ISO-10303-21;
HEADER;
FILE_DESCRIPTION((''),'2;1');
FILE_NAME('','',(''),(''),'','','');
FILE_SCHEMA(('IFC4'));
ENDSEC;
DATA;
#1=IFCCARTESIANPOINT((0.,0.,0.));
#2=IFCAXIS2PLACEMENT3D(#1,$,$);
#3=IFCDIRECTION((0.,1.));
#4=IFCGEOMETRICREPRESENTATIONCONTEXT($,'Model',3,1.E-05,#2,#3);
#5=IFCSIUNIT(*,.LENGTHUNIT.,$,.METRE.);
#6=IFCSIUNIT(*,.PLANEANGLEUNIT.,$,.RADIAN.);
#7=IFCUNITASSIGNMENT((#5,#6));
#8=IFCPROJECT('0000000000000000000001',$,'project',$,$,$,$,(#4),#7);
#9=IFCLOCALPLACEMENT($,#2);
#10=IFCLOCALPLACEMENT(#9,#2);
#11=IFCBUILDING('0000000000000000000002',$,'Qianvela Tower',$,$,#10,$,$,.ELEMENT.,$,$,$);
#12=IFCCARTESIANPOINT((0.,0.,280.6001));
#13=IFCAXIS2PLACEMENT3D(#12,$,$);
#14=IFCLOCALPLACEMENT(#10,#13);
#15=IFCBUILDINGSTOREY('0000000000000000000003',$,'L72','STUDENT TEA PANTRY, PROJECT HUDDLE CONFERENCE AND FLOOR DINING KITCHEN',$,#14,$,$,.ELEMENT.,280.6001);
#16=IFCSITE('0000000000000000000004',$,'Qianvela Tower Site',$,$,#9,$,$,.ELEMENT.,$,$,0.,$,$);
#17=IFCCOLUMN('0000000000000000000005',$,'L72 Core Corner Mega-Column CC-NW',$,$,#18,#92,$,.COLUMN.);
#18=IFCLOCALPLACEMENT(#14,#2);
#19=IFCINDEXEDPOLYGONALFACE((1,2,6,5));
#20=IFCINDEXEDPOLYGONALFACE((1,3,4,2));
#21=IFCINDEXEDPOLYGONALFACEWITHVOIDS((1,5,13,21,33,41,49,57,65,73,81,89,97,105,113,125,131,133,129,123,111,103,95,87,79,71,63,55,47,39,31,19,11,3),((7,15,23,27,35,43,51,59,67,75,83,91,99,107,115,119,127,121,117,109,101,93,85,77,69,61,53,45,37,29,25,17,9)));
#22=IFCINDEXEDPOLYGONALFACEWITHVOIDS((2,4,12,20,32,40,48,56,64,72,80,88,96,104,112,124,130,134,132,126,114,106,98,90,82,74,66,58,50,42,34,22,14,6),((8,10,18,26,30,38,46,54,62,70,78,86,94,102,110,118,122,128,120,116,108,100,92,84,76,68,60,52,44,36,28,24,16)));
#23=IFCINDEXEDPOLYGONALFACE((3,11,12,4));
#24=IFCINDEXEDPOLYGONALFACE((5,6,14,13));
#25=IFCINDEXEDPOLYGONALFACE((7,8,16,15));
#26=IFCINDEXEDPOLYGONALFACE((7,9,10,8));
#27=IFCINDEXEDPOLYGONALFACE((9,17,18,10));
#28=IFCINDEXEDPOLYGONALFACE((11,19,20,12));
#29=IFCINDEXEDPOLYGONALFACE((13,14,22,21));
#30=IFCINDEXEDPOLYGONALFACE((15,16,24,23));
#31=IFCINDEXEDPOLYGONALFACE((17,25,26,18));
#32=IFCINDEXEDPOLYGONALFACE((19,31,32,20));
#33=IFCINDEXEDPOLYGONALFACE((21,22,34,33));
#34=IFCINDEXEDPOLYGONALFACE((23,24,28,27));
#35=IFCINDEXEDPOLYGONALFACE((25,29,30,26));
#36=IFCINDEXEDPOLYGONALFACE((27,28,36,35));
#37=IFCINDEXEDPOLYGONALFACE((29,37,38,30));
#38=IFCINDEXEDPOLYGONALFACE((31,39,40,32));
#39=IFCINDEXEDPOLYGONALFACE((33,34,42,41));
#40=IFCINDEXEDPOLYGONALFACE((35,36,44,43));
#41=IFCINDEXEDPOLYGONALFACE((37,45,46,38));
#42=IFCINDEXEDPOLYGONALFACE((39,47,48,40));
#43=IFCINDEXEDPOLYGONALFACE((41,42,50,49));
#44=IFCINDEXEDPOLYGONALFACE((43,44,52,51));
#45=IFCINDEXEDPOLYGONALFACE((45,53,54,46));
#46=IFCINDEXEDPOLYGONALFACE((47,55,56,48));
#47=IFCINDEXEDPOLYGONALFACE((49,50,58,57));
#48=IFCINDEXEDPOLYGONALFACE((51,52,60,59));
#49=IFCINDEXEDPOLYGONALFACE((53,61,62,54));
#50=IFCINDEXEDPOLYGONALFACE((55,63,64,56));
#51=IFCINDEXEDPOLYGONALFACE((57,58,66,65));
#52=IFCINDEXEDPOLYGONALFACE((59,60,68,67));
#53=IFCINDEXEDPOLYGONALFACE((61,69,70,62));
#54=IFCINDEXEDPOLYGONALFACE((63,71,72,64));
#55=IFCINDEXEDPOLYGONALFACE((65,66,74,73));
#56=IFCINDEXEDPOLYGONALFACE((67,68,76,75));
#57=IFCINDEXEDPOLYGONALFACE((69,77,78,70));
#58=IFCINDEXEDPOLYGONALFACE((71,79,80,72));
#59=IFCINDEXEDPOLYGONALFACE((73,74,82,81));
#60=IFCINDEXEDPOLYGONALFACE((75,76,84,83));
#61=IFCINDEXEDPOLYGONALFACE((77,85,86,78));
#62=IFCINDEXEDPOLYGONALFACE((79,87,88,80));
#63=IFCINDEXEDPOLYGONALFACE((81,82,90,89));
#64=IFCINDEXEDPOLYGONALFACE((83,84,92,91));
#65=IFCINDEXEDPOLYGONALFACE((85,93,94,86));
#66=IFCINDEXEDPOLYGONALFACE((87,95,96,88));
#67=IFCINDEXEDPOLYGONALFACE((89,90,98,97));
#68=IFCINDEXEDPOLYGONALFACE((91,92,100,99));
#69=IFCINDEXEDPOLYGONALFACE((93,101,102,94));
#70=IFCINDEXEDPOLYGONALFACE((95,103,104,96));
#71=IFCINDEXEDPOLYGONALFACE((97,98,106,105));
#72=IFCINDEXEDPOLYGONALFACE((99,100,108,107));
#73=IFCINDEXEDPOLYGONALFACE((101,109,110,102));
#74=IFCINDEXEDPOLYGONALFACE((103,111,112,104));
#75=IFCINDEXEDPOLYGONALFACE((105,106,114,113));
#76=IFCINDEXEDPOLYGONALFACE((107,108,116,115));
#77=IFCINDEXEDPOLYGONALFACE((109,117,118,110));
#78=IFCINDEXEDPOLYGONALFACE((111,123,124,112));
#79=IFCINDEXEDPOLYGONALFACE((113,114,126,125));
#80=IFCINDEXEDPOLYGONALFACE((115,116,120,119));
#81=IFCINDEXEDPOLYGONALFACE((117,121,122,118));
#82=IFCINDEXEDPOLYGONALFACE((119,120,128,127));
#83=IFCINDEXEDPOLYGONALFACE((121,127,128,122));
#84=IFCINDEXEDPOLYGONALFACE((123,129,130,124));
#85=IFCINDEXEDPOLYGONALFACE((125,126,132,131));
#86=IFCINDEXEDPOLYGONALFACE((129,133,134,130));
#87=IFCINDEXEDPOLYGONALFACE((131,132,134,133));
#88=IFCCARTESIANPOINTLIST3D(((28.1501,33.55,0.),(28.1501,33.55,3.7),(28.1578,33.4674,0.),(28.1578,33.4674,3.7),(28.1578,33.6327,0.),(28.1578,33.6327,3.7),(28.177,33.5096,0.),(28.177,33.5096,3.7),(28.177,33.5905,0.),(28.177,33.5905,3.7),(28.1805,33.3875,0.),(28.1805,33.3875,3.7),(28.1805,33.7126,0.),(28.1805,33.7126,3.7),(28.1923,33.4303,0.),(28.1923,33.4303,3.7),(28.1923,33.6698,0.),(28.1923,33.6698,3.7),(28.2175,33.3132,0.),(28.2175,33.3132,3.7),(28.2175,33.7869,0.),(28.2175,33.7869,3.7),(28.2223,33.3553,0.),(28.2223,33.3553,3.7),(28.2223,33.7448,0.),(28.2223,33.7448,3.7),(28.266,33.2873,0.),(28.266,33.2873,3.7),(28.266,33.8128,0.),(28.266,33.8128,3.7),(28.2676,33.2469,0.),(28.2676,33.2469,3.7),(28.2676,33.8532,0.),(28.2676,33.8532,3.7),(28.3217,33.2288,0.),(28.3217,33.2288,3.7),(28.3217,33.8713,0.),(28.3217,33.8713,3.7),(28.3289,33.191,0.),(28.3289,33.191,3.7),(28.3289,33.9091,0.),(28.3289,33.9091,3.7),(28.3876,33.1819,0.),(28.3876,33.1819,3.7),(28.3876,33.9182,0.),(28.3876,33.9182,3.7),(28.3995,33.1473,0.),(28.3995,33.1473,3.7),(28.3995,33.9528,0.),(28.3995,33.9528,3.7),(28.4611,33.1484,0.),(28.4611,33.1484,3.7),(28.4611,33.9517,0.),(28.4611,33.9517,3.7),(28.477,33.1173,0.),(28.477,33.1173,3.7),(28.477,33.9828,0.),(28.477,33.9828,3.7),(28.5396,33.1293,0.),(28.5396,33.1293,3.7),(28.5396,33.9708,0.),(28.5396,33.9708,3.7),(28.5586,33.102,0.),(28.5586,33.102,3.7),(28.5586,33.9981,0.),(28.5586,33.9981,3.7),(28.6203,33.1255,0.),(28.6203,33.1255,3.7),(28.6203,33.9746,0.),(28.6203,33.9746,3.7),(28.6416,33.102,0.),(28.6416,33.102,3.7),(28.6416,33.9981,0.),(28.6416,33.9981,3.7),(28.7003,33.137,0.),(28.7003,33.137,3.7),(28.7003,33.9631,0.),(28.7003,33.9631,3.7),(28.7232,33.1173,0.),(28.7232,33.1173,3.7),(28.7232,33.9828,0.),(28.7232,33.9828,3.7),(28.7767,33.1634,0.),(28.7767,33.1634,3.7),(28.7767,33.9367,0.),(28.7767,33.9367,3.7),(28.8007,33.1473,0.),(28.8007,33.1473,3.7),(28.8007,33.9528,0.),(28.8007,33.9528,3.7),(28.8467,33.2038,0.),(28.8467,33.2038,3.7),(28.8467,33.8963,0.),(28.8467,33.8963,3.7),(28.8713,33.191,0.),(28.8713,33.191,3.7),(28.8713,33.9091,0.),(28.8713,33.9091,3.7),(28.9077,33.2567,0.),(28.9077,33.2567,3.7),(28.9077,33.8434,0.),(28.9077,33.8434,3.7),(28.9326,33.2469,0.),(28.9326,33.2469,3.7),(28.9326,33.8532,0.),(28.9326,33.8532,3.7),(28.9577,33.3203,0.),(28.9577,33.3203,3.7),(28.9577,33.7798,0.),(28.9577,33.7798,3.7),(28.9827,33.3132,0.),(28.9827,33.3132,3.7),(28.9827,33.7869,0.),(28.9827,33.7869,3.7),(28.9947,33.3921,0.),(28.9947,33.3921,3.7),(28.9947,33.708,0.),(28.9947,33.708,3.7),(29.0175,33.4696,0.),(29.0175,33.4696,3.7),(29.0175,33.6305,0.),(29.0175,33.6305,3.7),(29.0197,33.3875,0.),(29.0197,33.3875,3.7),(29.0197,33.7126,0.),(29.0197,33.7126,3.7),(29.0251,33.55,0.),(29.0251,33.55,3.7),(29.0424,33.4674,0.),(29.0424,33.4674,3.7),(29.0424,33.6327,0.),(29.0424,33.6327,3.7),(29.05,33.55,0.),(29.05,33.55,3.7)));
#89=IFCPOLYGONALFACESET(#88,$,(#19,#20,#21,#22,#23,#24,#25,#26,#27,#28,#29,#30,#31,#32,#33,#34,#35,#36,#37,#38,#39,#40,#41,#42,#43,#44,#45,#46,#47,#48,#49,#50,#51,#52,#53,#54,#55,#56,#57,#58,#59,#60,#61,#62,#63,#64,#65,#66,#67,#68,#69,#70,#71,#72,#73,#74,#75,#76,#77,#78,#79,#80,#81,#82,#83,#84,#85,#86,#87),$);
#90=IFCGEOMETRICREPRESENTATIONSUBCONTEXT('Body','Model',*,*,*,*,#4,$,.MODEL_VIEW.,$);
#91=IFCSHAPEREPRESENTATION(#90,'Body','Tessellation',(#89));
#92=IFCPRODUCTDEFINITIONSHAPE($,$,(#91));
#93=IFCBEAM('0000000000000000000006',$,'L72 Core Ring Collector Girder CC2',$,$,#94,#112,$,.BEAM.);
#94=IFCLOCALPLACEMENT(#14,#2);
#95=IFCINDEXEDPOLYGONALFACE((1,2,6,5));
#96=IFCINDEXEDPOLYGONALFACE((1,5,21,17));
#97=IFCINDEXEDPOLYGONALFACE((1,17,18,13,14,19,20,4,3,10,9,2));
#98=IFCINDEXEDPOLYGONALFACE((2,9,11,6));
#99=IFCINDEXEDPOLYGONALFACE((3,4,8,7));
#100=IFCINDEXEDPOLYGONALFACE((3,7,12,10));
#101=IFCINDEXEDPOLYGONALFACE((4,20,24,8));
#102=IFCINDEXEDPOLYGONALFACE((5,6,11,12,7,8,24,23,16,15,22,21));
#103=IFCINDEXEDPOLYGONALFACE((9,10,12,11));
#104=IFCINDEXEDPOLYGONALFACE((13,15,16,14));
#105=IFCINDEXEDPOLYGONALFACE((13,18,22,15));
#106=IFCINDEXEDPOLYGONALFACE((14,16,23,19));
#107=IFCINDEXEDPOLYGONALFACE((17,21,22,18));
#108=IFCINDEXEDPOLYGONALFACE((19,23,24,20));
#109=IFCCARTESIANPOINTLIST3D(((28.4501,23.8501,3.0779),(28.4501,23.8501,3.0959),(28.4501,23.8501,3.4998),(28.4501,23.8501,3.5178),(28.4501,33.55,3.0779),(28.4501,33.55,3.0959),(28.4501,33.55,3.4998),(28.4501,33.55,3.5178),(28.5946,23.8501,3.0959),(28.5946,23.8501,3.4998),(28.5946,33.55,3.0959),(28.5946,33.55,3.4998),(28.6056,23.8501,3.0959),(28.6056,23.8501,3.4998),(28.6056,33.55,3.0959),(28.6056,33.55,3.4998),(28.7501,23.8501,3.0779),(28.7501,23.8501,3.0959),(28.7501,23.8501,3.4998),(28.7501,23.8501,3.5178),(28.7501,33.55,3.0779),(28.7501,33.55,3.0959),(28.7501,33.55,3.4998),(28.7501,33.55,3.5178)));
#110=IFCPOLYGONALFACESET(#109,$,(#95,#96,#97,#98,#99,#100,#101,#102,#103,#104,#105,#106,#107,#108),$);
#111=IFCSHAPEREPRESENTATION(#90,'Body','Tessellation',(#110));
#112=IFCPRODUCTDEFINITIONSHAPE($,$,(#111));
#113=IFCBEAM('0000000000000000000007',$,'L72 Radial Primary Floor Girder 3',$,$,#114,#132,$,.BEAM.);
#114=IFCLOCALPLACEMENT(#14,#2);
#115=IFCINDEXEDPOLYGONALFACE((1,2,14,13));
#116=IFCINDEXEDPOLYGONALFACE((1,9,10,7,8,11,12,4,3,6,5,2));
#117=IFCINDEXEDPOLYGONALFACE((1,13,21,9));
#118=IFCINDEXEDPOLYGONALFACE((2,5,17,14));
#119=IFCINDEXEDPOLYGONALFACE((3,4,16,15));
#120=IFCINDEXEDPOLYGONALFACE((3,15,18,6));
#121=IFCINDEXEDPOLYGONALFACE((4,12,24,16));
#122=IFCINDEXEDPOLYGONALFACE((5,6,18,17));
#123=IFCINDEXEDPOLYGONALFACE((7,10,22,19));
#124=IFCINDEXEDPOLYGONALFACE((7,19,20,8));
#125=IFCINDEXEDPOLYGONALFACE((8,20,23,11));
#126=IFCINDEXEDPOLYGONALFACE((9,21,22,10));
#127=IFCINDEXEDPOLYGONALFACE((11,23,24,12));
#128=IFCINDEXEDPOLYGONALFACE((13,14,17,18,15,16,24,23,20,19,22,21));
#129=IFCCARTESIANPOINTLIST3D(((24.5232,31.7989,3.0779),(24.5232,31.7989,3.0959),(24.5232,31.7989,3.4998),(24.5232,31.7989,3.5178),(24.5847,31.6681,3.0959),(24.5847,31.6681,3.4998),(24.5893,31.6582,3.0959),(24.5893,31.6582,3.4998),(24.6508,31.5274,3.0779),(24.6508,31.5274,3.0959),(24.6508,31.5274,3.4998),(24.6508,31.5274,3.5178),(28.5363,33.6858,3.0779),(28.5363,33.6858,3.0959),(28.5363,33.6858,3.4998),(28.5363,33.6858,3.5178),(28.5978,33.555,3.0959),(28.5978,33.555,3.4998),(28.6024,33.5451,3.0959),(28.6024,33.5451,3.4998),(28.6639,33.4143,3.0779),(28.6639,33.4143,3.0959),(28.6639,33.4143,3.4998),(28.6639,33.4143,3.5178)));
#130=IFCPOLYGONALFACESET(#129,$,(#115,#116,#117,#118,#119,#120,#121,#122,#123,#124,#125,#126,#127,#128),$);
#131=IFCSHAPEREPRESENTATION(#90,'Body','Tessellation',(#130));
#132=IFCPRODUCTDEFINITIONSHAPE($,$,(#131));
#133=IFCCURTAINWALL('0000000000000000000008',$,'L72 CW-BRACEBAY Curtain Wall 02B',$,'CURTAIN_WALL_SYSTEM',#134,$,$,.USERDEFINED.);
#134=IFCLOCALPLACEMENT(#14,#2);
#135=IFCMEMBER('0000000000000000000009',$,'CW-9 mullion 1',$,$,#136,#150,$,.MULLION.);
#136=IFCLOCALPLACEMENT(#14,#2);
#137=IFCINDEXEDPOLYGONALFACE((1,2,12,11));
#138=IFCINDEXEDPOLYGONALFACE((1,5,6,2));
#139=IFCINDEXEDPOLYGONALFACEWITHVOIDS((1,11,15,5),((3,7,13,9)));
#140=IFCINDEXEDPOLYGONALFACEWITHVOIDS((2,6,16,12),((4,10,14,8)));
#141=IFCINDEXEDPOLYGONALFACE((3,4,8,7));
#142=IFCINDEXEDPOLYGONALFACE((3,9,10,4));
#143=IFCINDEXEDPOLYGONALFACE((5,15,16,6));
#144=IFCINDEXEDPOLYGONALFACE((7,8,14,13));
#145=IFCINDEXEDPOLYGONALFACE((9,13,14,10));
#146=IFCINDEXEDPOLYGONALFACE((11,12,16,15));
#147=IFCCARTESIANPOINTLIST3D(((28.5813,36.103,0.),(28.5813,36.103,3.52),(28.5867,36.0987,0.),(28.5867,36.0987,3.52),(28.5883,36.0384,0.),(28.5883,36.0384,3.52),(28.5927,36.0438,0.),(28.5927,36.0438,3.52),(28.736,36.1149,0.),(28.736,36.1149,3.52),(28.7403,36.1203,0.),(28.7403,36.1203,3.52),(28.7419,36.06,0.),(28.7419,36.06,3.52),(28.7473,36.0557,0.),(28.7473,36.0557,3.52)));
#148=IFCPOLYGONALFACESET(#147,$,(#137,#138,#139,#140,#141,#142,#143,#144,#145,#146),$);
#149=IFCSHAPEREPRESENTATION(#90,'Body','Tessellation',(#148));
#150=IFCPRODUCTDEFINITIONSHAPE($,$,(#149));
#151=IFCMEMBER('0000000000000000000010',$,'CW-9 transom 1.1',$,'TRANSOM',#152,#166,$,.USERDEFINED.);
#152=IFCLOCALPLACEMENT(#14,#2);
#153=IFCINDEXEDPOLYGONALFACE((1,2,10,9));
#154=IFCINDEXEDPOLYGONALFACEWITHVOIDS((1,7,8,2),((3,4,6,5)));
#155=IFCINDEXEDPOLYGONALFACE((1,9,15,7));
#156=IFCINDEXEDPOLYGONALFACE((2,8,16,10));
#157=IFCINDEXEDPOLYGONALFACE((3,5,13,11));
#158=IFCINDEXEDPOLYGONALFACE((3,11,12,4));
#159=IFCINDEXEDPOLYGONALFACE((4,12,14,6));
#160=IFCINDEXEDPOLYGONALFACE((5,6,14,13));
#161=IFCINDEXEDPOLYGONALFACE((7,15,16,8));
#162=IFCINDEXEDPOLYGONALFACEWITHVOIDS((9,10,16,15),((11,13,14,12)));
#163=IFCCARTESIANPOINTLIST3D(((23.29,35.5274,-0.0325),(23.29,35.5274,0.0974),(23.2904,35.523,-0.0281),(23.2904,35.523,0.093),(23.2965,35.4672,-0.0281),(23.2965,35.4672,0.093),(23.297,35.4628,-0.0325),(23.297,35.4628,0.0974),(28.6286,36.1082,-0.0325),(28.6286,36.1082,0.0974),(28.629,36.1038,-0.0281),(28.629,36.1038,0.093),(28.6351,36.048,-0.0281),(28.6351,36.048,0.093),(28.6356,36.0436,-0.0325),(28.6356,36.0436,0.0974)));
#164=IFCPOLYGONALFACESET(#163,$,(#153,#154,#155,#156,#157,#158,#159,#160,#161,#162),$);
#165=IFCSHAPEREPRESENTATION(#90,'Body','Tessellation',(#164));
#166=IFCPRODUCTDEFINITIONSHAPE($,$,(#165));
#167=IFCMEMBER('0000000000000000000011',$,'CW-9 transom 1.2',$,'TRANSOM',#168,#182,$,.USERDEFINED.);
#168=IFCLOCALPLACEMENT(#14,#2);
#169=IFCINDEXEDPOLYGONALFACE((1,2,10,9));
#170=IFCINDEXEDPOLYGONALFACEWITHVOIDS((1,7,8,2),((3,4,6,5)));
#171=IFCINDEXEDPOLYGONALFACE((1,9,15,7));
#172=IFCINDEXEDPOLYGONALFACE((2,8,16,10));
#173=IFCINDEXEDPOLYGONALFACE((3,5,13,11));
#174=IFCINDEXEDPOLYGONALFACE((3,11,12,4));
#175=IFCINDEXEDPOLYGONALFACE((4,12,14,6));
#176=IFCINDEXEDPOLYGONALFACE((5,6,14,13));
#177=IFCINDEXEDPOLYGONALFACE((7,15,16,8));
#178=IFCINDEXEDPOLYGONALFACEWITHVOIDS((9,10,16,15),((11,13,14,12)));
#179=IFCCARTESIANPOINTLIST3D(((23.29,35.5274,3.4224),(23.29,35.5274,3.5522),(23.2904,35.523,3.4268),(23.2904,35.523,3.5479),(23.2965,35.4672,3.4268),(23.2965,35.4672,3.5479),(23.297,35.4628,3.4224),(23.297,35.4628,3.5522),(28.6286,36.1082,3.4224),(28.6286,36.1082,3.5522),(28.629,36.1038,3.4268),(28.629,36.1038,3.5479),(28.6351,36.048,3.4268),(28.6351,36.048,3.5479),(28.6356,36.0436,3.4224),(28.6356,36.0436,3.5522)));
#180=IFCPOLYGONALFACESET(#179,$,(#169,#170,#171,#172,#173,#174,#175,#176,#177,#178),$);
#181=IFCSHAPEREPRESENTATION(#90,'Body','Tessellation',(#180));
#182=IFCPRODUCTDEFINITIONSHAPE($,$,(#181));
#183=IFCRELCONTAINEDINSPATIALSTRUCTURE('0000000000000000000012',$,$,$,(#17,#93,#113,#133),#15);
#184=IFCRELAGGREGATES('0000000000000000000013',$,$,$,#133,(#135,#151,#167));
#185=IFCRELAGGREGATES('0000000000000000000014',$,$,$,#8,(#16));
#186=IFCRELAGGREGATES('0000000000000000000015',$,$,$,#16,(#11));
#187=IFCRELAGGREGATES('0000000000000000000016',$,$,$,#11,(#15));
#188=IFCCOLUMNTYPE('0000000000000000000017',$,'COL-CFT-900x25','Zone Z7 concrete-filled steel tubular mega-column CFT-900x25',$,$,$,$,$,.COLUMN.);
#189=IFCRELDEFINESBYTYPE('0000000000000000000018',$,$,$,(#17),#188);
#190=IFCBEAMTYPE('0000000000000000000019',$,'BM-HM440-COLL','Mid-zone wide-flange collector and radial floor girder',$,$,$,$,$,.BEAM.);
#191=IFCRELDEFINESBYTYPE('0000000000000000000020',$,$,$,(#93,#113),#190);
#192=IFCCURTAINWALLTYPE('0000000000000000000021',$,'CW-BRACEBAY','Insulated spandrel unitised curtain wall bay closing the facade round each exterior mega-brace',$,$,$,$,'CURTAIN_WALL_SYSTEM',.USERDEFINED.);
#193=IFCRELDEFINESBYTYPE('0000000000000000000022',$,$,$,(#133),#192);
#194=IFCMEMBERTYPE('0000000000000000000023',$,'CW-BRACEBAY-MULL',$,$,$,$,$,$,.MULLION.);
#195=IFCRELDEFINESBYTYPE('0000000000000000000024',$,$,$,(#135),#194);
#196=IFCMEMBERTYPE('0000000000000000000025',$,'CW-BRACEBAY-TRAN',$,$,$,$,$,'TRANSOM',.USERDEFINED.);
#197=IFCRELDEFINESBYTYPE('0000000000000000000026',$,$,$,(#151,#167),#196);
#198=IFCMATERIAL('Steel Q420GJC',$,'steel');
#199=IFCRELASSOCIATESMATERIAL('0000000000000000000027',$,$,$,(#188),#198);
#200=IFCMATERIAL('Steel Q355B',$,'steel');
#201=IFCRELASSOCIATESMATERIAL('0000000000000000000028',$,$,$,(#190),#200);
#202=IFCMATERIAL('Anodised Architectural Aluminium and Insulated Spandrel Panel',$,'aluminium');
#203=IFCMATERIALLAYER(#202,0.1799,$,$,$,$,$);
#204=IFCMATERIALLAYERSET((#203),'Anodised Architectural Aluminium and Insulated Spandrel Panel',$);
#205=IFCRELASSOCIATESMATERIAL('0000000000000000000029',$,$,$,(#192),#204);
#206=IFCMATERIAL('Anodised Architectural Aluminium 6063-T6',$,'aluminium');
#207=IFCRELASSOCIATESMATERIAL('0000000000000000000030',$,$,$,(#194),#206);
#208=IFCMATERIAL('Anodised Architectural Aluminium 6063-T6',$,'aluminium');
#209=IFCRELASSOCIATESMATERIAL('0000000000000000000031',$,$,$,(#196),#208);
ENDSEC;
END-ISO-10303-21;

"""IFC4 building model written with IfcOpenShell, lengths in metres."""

from ifc_helpers import new_model, si_unit, direction, frame, origin, origin_2d, place, context, subcontext, project, spatial, hollow_rectangle, hollow_circle, i_section, extrude, material, layer, layer_set, material_profile, profile_set, type_object, element, aggregate, save


model = new_model("IFC4")

# Units and contexts
model_context = context("Model", 3, precision=1e-05, world=origin(), true_north=direction((0.0, 1.0)))
body_context = subcontext(model_context, "Body", "Model", "MODEL_VIEW")
ifc_project = project(units=[si_unit("LENGTHUNIT", "METRE"), si_unit("PLANEANGLEUNIT", "RADIAN")], contexts=[model_context])

# Site, building, storey
site_placement = place(None, origin())
site = spatial("IfcSite", under=ifc_project, at=site_placement, Name="Qianvela Tower Site", CompositionType="ELEMENT", RefElevation=0.0)
building_placement = place(site_placement, origin())
building = spatial("IfcBuilding", under=site, at=building_placement, Name="Qianvela Tower", CompositionType="ELEMENT")
storey_placement = place(building_placement, frame((0.0, 0.0, 280.6001)))
storey = spatial("IfcBuildingStorey", under=building, at=storey_placement, Name="L72", Description="STUDENT TEA PANTRY, PROJECT HUDDLE CONFERENCE AND FLOOR DINING KITCHEN", CompositionType="ELEMENT", Elevation=280.6001)

# Column
ifc_material_1 = material(Name="Steel Q420GJC", Category="steel")
ifc_material_profile_1 = material_profile(ifc_material_1, hollow_circle(Radius=0.45, WallThickness=0.0249, at=origin_2d()), Name="CFT-900x25")
ifc_profile_set_1 = profile_set([ifc_material_profile_1], Name="Steel Q420GJC")
column_type = type_object("IfcColumnType", Name="COL-CFT-900x25", Description="Zone Z7 concrete-filled steel tubular mega-column CFT-900x25", PredefinedType="COLUMN", material=ifc_profile_set_1)
column_placement = place(storey_placement, frame((28.6001, 33.55, 0.0), z_axis=(0.0, 0.0, 1.0), x_axis=(1.0, 0.0, 0.0)))
element("IfcColumn", 1, at=column_placement, inside=storey, type_object=column_type, Name="L72 Core Corner Mega-Column CC-NW", PredefinedType="COLUMN", context=body_context, shape_type="SweptSolid", body=[
    extrude(hollow_circle(Radius=0.45, WallThickness=0.0249, at=origin_2d()), origin(), (0.0, 0.0, 1.0), 3.7),
])

# Beams
ifc_material_2 = material(Name="Steel Q355B", Category="steel")
ifc_material_profile_2 = material_profile(ifc_material_2, i_section(OverallWidth=0.3, OverallDepth=0.4399, WebThickness=0.011, FlangeThickness=0.0181, at=origin_2d()), Name="HM440x300x11x18")
ifc_profile_set_2 = profile_set([ifc_material_profile_2], Name="Steel Q355B")
beam_type = type_object("IfcBeamType", Name="BM-HM440-COLL", Description="Mid-zone wide-flange collector and radial floor girder", PredefinedType="BEAM", material=ifc_profile_set_2)
beam_1_placement = place(storey_placement, frame((28.6001, 33.55, 3.2979), z_axis=(0.0, -1.0, 0.0), x_axis=(1.0, 0.0, 0.0)))
element("IfcBeam", 2, at=beam_1_placement, inside=storey, type_object=beam_type, Name="L72 Core Ring Collector Girder CC2", PredefinedType="BEAM", context=body_context, shape_type="SweptSolid", body=[
    extrude(i_section(OverallWidth=0.3, OverallDepth=0.4399, WebThickness=0.011, FlangeThickness=0.0181, at=origin_2d()), origin(), (0.0, 0.0, 1.0), 9.7),
])
beam_2_placement = place(storey_placement, frame((28.6001, 33.55, 3.2979), z_axis=(-0.904957, -0.425503, 0.0), x_axis=(0.425503, -0.904957, 0.0)))
element("IfcBeam", 3, at=beam_2_placement, inside=storey, type_object=beam_type, Name="L72 Radial Primary Floor Girder 3", PredefinedType="BEAM", context=body_context, shape_type="SweptSolid", body=[
    extrude(i_section(OverallWidth=0.3, OverallDepth=0.4399, WebThickness=0.011, FlangeThickness=0.0181, at=origin_2d()), origin(), (0.0, 0.0, 1.0), 4.4346),
])

# Curtain wall, members
ifc_material_3 = material(Name="Anodised Architectural Aluminium and Insulated Spandrel Panel", Category="aluminium")
ifc_layer_1 = layer(ifc_material_3, 0.1799)
ifc_layer_set_1 = layer_set([ifc_layer_1], Name="Anodised Architectural Aluminium and Insulated Spandrel Panel")
curtain_wall_type_1 = type_object("IfcCurtainWallType", Name="CW-BRACEBAY", Description="Insulated spandrel unitised curtain wall bay closing the facade round each exterior mega-brace", ElementType="CURTAIN_WALL_SYSTEM", PredefinedType="USERDEFINED", material=ifc_layer_set_1)
curtain_wall_1_placement = place(storey_placement, origin())
curtain_wall_1 = element("IfcCurtainWall", 4, at=curtain_wall_1_placement, inside=storey, type_object=curtain_wall_type_1, Name="L72 CW-BRACEBAY Curtain Wall 02B", ObjectType="CURTAIN_WALL_SYSTEM", PredefinedType="USERDEFINED")
ifc_material_4 = material(Name="Anodised Architectural Aluminium 6063-T6", Category="aluminium")
ifc_material_profile_3 = material_profile(ifc_material_4, hollow_rectangle(XDim=0.0649, YDim=0.1599, WallThickness=0.0049, at=origin_2d()), Name="ALU-MULL-65x160")
ifc_profile_set_3 = profile_set([ifc_material_profile_3], Name="Anodised Architectural Aluminium 6063-T6")
member_type_1 = type_object("IfcMemberType", Name="CW-BRACEBAY-MULL", PredefinedType="MULLION", material=ifc_profile_set_3)
member_1_placement = place(storey_placement, frame((28.6643, 36.0793, 0.0), z_axis=(0.0, 0.0, 1.0), x_axis=(0.108126, -0.994137, 0.0)))
member_1 = element("IfcMember", 5, at=member_1_placement, type_object=member_type_1, Name="CW-9 mullion 1", PredefinedType="MULLION", context=body_context, shape_type="SweptSolid", body=[
    extrude(hollow_rectangle(XDim=0.0649, YDim=0.1599, WallThickness=0.0049, at=origin_2d()), origin(), (0.0, 0.0, 1.0), 3.52),
])
ifc_material_5 = material(Name="Anodised Architectural Aluminium 6063-T6", Category="aluminium")
ifc_material_profile_4 = material_profile(ifc_material_5, hollow_rectangle(XDim=0.0649, YDim=0.1299, WallThickness=0.0044, at=origin_2d()), Name="ALU-TRAN-65x130")
ifc_profile_set_4 = profile_set([ifc_material_profile_4], Name="Anodised Architectural Aluminium 6063-T6")
member_type_2 = type_object("IfcMemberType", Name="CW-BRACEBAY-TRAN", ElementType="TRANSOM", PredefinedType="USERDEFINED", material=ifc_profile_set_4)
member_2_placement = place(storey_placement, frame((28.6321, 36.0759, 0.0325), z_axis=(-0.994134, -0.108156, 0.0), x_axis=(0.108156, -0.994134, 0.0)))
member_2 = element("IfcMember", 6, at=member_2_placement, type_object=member_type_2, Name="CW-9 transom 1.1", ObjectType="TRANSOM", PredefinedType="USERDEFINED", context=body_context, shape_type="SweptSolid", body=[
    extrude(hollow_rectangle(XDim=0.0649, YDim=0.1299, WallThickness=0.0044, at=origin_2d()), origin(), (0.0, 0.0, 1.0), 5.3701),
])
member_3_placement = place(storey_placement, frame((28.6321, 36.0759, 3.4873), z_axis=(-0.994134, -0.108156, 0.0), x_axis=(0.108156, -0.994134, 0.0)))
member_3 = element("IfcMember", 7, at=member_3_placement, type_object=member_type_2, Name="CW-9 transom 1.2", ObjectType="TRANSOM", PredefinedType="USERDEFINED", context=body_context, shape_type="SweptSolid", body=[
    extrude(hollow_rectangle(XDim=0.0649, YDim=0.1299, WallThickness=0.0044, at=origin_2d()), origin(), (0.0, 0.0, 1.0), 5.3701),
])
aggregate(curtain_wall_1, [member_1, member_2, member_3])

save(model, "model.ifc")
